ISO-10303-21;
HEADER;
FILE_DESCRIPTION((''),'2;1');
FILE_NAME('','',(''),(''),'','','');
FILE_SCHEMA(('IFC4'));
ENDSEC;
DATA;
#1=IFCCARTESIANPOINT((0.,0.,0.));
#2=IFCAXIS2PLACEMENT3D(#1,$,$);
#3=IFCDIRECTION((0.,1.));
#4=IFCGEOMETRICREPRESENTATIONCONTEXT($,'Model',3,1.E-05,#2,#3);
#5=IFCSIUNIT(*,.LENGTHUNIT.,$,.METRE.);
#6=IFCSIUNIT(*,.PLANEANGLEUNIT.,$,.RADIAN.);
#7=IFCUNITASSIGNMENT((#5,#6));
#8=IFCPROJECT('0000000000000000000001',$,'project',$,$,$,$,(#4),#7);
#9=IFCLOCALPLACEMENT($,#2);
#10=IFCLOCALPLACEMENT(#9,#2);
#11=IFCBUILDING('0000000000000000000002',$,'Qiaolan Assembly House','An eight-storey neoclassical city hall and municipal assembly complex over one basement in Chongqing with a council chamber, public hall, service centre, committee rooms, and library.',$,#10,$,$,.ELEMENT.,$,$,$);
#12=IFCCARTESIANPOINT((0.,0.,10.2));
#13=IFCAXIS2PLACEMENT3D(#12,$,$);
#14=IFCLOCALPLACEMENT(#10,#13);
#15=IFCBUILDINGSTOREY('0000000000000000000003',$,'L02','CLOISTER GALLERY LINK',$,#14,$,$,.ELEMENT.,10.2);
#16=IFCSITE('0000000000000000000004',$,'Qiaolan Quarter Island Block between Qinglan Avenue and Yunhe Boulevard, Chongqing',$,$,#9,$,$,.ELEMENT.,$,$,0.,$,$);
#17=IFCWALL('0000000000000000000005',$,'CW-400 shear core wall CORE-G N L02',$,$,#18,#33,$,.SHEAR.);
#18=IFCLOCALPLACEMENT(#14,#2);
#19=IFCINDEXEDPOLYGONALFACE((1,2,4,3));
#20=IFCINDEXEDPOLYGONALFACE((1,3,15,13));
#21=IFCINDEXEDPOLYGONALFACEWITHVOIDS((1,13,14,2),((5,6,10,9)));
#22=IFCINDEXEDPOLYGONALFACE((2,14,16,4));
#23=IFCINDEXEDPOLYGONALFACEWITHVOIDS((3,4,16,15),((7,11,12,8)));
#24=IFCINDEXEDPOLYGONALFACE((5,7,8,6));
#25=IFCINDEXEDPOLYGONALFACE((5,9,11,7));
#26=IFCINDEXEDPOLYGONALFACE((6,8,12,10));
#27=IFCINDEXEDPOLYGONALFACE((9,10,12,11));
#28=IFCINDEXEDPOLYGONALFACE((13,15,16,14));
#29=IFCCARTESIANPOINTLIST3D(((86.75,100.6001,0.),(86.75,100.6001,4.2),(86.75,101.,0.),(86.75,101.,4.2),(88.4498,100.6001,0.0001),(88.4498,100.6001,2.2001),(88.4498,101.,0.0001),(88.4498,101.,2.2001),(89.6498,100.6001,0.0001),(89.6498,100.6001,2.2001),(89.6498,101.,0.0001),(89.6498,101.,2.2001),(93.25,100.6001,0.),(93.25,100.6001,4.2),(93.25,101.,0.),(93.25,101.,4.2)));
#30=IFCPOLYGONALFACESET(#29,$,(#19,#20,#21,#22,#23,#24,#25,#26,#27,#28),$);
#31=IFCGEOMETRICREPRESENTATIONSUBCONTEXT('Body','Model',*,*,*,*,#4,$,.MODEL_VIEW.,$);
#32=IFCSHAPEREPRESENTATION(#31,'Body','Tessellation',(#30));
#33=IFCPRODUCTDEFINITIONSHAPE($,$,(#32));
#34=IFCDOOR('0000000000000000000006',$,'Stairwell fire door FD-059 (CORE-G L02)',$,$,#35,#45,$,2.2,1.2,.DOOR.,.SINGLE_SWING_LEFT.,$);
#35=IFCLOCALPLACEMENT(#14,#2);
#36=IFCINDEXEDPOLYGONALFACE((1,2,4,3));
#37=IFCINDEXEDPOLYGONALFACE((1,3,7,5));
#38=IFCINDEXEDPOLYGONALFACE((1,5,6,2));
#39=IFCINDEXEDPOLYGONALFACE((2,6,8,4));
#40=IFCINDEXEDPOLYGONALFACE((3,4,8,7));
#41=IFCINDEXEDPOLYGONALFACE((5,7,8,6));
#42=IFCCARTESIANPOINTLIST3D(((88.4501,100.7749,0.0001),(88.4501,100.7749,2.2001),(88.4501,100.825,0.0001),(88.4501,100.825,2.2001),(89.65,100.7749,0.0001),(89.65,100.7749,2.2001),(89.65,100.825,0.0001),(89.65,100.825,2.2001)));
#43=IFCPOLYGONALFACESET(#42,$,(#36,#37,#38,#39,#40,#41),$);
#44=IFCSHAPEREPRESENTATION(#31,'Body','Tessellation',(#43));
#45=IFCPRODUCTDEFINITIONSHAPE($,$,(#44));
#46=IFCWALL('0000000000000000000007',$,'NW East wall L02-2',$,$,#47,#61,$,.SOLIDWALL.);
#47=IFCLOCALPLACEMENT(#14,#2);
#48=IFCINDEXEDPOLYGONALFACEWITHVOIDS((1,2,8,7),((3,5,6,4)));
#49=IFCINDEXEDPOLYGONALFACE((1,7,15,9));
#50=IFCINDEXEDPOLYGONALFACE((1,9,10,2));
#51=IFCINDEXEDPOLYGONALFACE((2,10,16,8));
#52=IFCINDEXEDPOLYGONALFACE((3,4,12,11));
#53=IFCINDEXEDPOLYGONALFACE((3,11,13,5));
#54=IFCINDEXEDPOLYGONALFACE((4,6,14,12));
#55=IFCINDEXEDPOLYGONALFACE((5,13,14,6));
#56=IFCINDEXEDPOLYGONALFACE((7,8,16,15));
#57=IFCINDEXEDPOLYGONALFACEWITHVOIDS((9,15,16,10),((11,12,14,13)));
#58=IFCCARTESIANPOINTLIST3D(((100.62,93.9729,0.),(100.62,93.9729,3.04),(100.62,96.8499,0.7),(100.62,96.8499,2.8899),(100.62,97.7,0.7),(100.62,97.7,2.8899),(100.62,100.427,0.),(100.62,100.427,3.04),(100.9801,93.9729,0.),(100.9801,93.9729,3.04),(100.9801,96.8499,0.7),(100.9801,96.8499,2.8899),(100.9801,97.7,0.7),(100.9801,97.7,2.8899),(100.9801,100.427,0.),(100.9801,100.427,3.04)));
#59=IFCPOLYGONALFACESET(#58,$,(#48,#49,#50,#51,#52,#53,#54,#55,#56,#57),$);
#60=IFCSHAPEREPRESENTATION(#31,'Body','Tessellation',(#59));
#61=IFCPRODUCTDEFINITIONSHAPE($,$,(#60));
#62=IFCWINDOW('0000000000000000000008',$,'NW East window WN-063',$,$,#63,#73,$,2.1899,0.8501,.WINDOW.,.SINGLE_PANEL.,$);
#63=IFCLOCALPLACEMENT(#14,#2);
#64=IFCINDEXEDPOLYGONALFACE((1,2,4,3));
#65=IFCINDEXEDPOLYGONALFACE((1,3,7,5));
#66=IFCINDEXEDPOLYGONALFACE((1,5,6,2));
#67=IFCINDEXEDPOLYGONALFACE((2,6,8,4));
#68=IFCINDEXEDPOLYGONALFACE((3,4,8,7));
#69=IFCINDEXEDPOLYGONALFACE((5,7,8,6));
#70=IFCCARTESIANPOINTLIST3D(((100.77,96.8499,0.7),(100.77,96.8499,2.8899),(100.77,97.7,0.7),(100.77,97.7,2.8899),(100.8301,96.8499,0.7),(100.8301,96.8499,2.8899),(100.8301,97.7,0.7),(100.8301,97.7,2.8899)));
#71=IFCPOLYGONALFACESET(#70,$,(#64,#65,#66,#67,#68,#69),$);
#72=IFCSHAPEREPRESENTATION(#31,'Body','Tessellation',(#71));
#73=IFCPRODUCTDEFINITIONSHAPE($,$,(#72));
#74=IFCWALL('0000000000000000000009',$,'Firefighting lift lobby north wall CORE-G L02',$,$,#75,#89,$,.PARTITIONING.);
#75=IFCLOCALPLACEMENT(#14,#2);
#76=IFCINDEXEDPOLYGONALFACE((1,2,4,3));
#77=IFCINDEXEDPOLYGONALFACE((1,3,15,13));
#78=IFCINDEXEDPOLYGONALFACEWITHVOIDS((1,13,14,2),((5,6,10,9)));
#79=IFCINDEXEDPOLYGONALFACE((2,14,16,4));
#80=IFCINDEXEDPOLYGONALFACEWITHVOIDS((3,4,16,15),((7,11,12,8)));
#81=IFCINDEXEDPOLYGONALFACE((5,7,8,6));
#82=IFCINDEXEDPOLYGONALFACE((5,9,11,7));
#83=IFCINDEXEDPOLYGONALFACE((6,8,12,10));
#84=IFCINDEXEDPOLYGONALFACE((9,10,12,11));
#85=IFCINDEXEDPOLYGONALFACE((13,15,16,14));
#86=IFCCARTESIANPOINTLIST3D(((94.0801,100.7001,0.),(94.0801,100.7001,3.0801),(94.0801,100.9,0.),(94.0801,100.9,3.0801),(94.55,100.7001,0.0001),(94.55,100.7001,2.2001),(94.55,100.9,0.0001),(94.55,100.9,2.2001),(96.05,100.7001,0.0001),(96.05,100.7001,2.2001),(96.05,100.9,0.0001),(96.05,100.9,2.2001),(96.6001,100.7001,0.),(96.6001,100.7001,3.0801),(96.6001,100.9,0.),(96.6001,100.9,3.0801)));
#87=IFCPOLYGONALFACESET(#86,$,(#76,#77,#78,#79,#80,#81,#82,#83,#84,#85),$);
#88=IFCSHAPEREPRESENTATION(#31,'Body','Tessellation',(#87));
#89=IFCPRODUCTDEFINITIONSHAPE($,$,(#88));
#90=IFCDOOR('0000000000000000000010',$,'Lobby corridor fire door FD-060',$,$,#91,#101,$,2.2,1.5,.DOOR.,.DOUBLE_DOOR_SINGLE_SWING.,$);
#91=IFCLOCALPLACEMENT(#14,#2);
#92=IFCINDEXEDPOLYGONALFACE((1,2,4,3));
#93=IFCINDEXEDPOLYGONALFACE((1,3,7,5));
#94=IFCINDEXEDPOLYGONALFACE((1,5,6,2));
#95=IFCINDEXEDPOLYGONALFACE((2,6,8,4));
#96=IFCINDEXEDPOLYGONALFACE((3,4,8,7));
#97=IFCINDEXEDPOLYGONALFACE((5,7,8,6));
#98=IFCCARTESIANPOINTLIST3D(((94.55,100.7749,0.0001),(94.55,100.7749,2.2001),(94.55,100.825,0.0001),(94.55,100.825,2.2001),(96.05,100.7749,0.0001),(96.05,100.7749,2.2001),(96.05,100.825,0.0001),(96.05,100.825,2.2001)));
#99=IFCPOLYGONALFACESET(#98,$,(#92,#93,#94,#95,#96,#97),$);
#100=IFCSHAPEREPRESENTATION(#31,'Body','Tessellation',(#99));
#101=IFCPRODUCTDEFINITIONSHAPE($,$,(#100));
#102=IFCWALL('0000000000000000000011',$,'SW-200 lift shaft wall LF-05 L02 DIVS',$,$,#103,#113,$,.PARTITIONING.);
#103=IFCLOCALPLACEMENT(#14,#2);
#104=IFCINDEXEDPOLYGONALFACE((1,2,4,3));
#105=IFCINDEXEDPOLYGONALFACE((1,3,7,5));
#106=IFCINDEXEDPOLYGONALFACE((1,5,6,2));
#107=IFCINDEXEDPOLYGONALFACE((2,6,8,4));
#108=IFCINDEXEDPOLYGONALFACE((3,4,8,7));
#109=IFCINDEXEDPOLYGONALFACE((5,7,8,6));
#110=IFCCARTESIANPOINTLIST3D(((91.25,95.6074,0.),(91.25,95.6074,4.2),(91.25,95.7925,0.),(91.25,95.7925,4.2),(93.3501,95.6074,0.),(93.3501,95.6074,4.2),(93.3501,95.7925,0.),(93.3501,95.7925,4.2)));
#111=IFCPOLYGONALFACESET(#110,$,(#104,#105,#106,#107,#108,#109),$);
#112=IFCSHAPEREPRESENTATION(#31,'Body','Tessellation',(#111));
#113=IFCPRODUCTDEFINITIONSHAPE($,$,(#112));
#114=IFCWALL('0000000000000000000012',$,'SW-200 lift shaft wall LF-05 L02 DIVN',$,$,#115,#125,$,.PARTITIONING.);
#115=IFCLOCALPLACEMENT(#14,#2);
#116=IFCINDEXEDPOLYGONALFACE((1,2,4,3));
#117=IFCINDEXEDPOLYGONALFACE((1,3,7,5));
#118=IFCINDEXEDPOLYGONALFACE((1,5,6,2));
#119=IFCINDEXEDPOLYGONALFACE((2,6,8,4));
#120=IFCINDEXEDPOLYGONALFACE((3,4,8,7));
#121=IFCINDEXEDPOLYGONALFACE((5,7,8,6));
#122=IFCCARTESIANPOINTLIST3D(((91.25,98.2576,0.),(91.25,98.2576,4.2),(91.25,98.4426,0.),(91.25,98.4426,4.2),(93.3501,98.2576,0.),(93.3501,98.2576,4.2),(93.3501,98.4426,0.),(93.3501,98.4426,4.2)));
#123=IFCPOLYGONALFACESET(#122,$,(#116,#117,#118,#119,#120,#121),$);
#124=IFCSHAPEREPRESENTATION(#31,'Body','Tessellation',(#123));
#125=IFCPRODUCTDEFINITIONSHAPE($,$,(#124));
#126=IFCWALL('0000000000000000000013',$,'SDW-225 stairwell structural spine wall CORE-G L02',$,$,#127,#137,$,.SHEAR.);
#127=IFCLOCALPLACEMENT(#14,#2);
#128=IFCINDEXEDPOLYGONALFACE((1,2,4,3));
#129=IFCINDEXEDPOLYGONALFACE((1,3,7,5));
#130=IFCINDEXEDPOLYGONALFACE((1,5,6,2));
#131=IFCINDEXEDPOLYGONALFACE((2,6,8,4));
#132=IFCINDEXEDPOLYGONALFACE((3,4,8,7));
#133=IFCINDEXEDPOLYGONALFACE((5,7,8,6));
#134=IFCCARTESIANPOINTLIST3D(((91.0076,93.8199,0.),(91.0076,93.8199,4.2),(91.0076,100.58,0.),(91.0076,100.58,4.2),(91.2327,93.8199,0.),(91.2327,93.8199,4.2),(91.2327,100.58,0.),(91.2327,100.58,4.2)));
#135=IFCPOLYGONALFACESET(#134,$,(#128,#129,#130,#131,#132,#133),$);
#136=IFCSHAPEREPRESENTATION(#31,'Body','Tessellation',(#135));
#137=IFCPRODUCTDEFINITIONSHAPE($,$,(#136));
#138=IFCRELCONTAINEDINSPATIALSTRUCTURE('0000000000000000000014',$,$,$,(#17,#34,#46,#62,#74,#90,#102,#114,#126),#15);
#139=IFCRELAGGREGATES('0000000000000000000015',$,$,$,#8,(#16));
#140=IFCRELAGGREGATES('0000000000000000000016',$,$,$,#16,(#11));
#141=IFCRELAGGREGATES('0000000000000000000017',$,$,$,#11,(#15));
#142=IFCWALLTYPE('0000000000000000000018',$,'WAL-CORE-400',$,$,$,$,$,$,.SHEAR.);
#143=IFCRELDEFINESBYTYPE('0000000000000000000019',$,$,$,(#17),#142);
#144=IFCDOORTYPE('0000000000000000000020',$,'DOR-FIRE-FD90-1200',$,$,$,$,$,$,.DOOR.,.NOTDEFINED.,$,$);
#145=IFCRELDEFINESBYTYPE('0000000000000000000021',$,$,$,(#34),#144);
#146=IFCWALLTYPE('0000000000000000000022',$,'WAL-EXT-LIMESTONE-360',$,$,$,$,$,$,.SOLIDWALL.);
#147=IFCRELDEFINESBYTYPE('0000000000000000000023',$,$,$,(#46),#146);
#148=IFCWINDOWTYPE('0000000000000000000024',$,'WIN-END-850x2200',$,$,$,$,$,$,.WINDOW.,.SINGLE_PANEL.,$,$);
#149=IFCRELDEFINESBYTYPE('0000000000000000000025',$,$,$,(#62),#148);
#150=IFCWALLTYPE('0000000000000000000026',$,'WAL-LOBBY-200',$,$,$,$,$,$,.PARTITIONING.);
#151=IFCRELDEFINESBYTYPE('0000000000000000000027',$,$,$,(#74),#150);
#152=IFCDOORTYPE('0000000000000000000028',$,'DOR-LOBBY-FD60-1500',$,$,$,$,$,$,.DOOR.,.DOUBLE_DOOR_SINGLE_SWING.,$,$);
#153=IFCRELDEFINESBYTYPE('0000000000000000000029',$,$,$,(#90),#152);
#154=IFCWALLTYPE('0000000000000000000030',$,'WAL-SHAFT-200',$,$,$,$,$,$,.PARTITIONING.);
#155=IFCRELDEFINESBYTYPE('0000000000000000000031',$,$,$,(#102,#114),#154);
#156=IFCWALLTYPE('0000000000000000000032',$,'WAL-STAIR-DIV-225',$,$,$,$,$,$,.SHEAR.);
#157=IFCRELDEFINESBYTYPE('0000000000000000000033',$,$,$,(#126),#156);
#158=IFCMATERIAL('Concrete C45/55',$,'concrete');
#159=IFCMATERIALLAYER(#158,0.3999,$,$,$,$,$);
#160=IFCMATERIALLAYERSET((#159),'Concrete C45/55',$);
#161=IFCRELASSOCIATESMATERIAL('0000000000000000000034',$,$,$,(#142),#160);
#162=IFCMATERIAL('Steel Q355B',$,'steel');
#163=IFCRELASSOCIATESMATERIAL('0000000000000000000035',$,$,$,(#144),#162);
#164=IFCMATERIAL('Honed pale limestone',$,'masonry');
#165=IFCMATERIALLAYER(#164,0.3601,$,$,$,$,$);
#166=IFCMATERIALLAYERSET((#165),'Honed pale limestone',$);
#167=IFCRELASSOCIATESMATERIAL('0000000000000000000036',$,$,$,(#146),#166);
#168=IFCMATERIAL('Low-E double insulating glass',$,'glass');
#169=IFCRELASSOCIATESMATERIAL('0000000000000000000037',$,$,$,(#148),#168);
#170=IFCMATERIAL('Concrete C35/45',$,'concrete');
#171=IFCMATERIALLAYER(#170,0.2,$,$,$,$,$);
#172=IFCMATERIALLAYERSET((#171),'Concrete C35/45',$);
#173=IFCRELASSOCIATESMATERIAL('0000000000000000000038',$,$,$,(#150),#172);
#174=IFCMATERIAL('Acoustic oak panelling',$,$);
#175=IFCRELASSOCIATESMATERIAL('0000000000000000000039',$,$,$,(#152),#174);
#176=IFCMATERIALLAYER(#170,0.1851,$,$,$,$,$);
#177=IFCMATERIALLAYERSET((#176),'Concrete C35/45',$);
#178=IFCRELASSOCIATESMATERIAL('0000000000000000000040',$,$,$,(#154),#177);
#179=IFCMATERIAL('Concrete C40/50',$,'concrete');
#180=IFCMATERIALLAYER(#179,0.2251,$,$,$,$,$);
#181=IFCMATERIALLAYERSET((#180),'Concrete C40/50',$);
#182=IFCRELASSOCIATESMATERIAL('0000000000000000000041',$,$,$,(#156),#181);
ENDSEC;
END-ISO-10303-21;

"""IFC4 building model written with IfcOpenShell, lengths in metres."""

from ifc_helpers import new_model, si_unit, direction, frame, frame_2d, origin, place, context, subcontext, project, spatial, rectangle, extrude, material, layer, layer_set, type_object, element, fill, save


model = new_model("IFC4")

# Units and contexts
model_context = context("Model", 3, precision=1e-05, world=origin(), true_north=direction((0.0, 1.0)))
body_context = subcontext(model_context, "Body", "Model", "MODEL_VIEW")
ifc_project = project(units=[si_unit("LENGTHUNIT", "METRE"), si_unit("PLANEANGLEUNIT", "RADIAN")], contexts=[model_context])

# Site, building, storey
site_placement = place(None, origin())
site = spatial("IfcSite", under=ifc_project, at=site_placement, Name="Qiaolan Quarter Island Block between Qinglan Avenue and Yunhe Boulevard, Chongqing", CompositionType="ELEMENT", RefElevation=0.0)
building_placement = place(site_placement, origin())
building = spatial("IfcBuilding", under=site, at=building_placement, Name="Qiaolan Assembly House", Description="An eight-storey neoclassical city hall and municipal assembly complex over one basement in Chongqing with a council chamber, public hall, service centre, committee rooms, and library.", CompositionType="ELEMENT")
storey_placement = place(building_placement, frame((0.0, 0.0, 10.2)))
storey = spatial("IfcBuildingStorey", under=building, at=storey_placement, Name="L02", Description="CLOISTER GALLERY LINK", CompositionType="ELEMENT", Elevation=10.2)

# Shared definitions
ifc_material_1 = material(Name="Concrete C45/55", Category="concrete")

# Shared definitions
ifc_material_2 = material(Name="Concrete C40/50", Category="concrete")

# Wall, opening, door
ifc_layer_1 = layer(ifc_material_1, 0.3999)
ifc_layer_set_1 = layer_set([ifc_layer_1], Name="Concrete C45/55")
wall_type_1 = type_object("IfcWallType", Name="WAL-CORE-400", PredefinedType="SHEAR", material=ifc_layer_set_1)
wall_1_placement = place(storey_placement, frame((93.25, 100.8, 0.0), z_axis=(0.0, 0.0, 1.0), x_axis=(-1.0, 0.0, 0.0)))
wall_1 = element("IfcWall", 1, at=wall_1_placement, inside=storey, type_object=wall_type_1, Name="CW-400 shear core wall CORE-G N L02", PredefinedType="SHEAR", context=body_context, shape_type="SweptSolid", body=[
    extrude(rectangle(XDim=6.5, YDim=0.3999, at=frame_2d((3.25, 0.0))), origin(), (0.0, 0.0, 1.0), 4.2),
])
opening_1_placement = place(wall_1_placement, frame((3.6001, 0.0, 0.0)))
opening_1 = element("IfcOpeningElement", 2, at=opening_1_placement, cuts=wall_1, PredefinedType="OPENING", context=body_context, shape_type="SweptSolid", body=[
    extrude(rectangle(XDim=1.2, YDim=2.2, at=frame_2d((0.6001, 1.1001))), frame((0.0, 0.21, 0.0), z_axis=(0.0, -1.0, 0.0), x_axis=(1.0, 0.0, 0.0)), (0.0, 0.0, 1.0), 0.4199),
])
ifc_material_3 = material(Name="Steel Q355B", Category="steel")
door_type_1 = type_object("IfcDoorType", Name="DOR-FIRE-FD90-1200", OperationType="NOTDEFINED", PredefinedType="DOOR", material=ifc_material_3)
door_1_placement = place(opening_1_placement, frame((1.2, 0.0, 0.0), z_axis=(0.0, 0.0, 1.0), x_axis=(-1.0, 0.0, 0.0)))
door_1 = element("IfcDoor", 3, at=door_1_placement, inside=storey, type_object=door_type_1, Name="Stairwell fire door FD-059 (CORE-G L02)", OperationType="SINGLE_SWING_LEFT", OverallHeight=2.2, OverallWidth=1.2, PredefinedType="DOOR", context=body_context, shape_type="SweptSolid", body=[
    extrude(rectangle(XDim=1.2, YDim=2.2, at=frame_2d((0.6001, 1.1001))), frame((0.0, 0.0249, 0.0), z_axis=(0.0, -1.0, 0.0), x_axis=(1.0, 0.0, 0.0)), (0.0, 0.0, 1.0), 0.05),
])
fill(opening_1, door_1)

# Wall, opening, window
ifc_material_4 = material(Name="Honed pale limestone", Category="masonry")
ifc_layer_2 = layer(ifc_material_4, 0.3601)
ifc_layer_set_2 = layer_set([ifc_layer_2], Name="Honed pale limestone")
wall_type_2 = type_object("IfcWallType", Name="WAL-EXT-LIMESTONE-360", PredefinedType="SOLIDWALL", material=ifc_layer_set_2)
wall_2_placement = place(storey_placement, frame((100.8, 100.427, 0.0), z_axis=(0.0, 0.0, 1.0), x_axis=(0.0, -1.0, 0.0)))
wall_2 = element("IfcWall", 4, at=wall_2_placement, inside=storey, type_object=wall_type_2, Name="NW East wall L02-2", PredefinedType="SOLIDWALL", context=body_context, shape_type="SweptSolid", body=[
    extrude(rectangle(XDim=6.4541, YDim=0.3601, at=frame_2d((3.2271, 0.0))), origin(), (0.0, 0.0, 1.0), 3.04),
])
opening_2_placement = place(wall_2_placement, frame((2.7271, 0.0, 0.7)))
opening_2 = element("IfcOpeningElement", 5, at=opening_2_placement, cuts=wall_2, PredefinedType="OPENING", context=body_context, shape_type="SweptSolid", body=[
    extrude(rectangle(XDim=0.8501, YDim=2.1899, at=frame_2d((0.425, 1.095))), frame((0.0, 0.1899, 0.0), z_axis=(0.0, -1.0, 0.0), x_axis=(1.0, 0.0, 0.0)), (0.0, 0.0, 1.0), 0.3801),
])
ifc_material_5 = material(Name="Low-E double insulating glass", Category="glass")
window_type = type_object("IfcWindowType", Name="WIN-END-850x2200", PartitioningType="SINGLE_PANEL", PredefinedType="WINDOW", material=ifc_material_5)
window_placement = place(opening_2_placement, origin())
window = element("IfcWindow", 6, at=window_placement, inside=storey, type_object=window_type, Name="NW East window WN-063", OverallHeight=2.1899, OverallWidth=0.8501, PartitioningType="SINGLE_PANEL", PredefinedType="WINDOW", context=body_context, shape_type="SweptSolid", body=[
    extrude(rectangle(XDim=0.8501, YDim=2.1899, at=frame_2d((0.425, 1.095))), frame((0.0, 0.03, 0.0), z_axis=(0.0, -1.0, 0.0), x_axis=(1.0, 0.0, 0.0)), (0.0, 0.0, 1.0), 0.0601),
])
fill(opening_2, window)

# Wall, opening, door
ifc_material_6 = material(Name="Concrete C35/45", Category="concrete")
ifc_layer_3 = layer(ifc_material_6, 0.2)
ifc_layer_set_3 = layer_set([ifc_layer_3], Name="Concrete C35/45")
wall_type_3 = type_object("IfcWallType", Name="WAL-LOBBY-200", PredefinedType="PARTITIONING", material=ifc_layer_set_3)
wall_3_placement = place(storey_placement, frame((96.6001, 100.8, 0.0), z_axis=(0.0, 0.0, 1.0), x_axis=(-1.0, 0.0, 0.0)))
wall_3 = element("IfcWall", 7, at=wall_3_placement, inside=storey, type_object=wall_type_3, Name="Firefighting lift lobby north wall CORE-G L02", PredefinedType="PARTITIONING", context=body_context, shape_type="SweptSolid", body=[
    extrude(rectangle(XDim=2.52, YDim=0.2, at=frame_2d((1.26, 0.0))), origin(), (0.0, 0.0, 1.0), 3.0801),
])
opening_3_placement = place(wall_3_placement, frame((0.55, 0.0, 0.0)))
opening_3 = element("IfcOpeningElement", 8, at=opening_3_placement, cuts=wall_3, PredefinedType="OPENING", context=body_context, shape_type="SweptSolid", body=[
    extrude(rectangle(XDim=1.5, YDim=2.2, at=frame_2d((0.75, 1.1001))), frame((0.0, 0.1099, 0.0), z_axis=(0.0, -1.0, 0.0), x_axis=(1.0, 0.0, 0.0)), (0.0, 0.0, 1.0), 0.22),
])
ifc_material_7 = material(Name="Acoustic oak panelling")
door_type_2 = type_object("IfcDoorType", Name="DOR-LOBBY-FD60-1500", OperationType="DOUBLE_DOOR_SINGLE_SWING", PredefinedType="DOOR", material=ifc_material_7)
door_2_placement = place(opening_3_placement, frame((1.5, 0.0, 0.0), z_axis=(0.0, 0.0, 1.0), x_axis=(-1.0, 0.0, 0.0)))
door_2 = element("IfcDoor", 9, at=door_2_placement, inside=storey, type_object=door_type_2, Name="Lobby corridor fire door FD-060", OperationType="DOUBLE_DOOR_SINGLE_SWING", OverallHeight=2.2, OverallWidth=1.5, PredefinedType="DOOR", context=body_context, shape_type="SweptSolid", body=[
    extrude(rectangle(XDim=1.5, YDim=2.2, at=frame_2d((0.75, 1.1001))), frame((0.0, 0.0249, 0.0), z_axis=(0.0, -1.0, 0.0), x_axis=(1.0, 0.0, 0.0)), (0.0, 0.0, 1.0), 0.05),
])
fill(opening_3, door_2)

# Walls
ifc_layer_4 = layer(ifc_material_6, 0.1851)
ifc_layer_set_4 = layer_set([ifc_layer_4], Name="Concrete C35/45")
wall_type_4 = type_object("IfcWallType", Name="WAL-SHAFT-200", PredefinedType="PARTITIONING", material=ifc_layer_set_4)
for number, where, z_axis, x_axis, name in (
    (10, (91.25, 95.7, 0.0), (0.0, 0.0, 1.0), (1.0, 0.0, 0.0), "SW-200 lift shaft wall LF-05 L02 DIVS"),
    (11, (91.25, 98.3501, 0.0), (0.0, 0.0, 1.0), (1.0, 0.0, 0.0), "SW-200 lift shaft wall LF-05 L02 DIVN"),
):
    element("IfcWall", number, at=place(storey_placement, frame(where, z_axis=z_axis, x_axis=x_axis)), inside=storey, type_object=wall_type_4, Name=name, PredefinedType="PARTITIONING", context=body_context, shape_type="SweptSolid", body=[
        extrude(rectangle(XDim=2.1001, YDim=0.1851, at=frame_2d((1.05, 0.0))), origin(), (0.0, 0.0, 1.0), 4.2),
    ])
ifc_layer_5 = layer(ifc_material_2, 0.2251)
ifc_layer_set_5 = layer_set([ifc_layer_5], Name="Concrete C40/50")
wall_type_5 = type_object("IfcWallType", Name="WAL-STAIR-DIV-225", PredefinedType="SHEAR", material=ifc_layer_set_5)
wall_4_placement = place(storey_placement, frame((91.1201, 93.8201, 0.0), z_axis=(0.0, 0.0, 1.0), x_axis=(0.0, 1.0, 0.0)))
element("IfcWall", 12, at=wall_4_placement, inside=storey, type_object=wall_type_5, Name="SDW-225 stairwell structural spine wall CORE-G L02", PredefinedType="SHEAR", context=body_context, shape_type="SweptSolid", body=[
    extrude(rectangle(XDim=6.76, YDim=0.2251, at=frame_2d((3.3799, 0.0))), origin(), (0.0, 0.0, 1.0), 4.2),
])

save(model, "model.ifc")
